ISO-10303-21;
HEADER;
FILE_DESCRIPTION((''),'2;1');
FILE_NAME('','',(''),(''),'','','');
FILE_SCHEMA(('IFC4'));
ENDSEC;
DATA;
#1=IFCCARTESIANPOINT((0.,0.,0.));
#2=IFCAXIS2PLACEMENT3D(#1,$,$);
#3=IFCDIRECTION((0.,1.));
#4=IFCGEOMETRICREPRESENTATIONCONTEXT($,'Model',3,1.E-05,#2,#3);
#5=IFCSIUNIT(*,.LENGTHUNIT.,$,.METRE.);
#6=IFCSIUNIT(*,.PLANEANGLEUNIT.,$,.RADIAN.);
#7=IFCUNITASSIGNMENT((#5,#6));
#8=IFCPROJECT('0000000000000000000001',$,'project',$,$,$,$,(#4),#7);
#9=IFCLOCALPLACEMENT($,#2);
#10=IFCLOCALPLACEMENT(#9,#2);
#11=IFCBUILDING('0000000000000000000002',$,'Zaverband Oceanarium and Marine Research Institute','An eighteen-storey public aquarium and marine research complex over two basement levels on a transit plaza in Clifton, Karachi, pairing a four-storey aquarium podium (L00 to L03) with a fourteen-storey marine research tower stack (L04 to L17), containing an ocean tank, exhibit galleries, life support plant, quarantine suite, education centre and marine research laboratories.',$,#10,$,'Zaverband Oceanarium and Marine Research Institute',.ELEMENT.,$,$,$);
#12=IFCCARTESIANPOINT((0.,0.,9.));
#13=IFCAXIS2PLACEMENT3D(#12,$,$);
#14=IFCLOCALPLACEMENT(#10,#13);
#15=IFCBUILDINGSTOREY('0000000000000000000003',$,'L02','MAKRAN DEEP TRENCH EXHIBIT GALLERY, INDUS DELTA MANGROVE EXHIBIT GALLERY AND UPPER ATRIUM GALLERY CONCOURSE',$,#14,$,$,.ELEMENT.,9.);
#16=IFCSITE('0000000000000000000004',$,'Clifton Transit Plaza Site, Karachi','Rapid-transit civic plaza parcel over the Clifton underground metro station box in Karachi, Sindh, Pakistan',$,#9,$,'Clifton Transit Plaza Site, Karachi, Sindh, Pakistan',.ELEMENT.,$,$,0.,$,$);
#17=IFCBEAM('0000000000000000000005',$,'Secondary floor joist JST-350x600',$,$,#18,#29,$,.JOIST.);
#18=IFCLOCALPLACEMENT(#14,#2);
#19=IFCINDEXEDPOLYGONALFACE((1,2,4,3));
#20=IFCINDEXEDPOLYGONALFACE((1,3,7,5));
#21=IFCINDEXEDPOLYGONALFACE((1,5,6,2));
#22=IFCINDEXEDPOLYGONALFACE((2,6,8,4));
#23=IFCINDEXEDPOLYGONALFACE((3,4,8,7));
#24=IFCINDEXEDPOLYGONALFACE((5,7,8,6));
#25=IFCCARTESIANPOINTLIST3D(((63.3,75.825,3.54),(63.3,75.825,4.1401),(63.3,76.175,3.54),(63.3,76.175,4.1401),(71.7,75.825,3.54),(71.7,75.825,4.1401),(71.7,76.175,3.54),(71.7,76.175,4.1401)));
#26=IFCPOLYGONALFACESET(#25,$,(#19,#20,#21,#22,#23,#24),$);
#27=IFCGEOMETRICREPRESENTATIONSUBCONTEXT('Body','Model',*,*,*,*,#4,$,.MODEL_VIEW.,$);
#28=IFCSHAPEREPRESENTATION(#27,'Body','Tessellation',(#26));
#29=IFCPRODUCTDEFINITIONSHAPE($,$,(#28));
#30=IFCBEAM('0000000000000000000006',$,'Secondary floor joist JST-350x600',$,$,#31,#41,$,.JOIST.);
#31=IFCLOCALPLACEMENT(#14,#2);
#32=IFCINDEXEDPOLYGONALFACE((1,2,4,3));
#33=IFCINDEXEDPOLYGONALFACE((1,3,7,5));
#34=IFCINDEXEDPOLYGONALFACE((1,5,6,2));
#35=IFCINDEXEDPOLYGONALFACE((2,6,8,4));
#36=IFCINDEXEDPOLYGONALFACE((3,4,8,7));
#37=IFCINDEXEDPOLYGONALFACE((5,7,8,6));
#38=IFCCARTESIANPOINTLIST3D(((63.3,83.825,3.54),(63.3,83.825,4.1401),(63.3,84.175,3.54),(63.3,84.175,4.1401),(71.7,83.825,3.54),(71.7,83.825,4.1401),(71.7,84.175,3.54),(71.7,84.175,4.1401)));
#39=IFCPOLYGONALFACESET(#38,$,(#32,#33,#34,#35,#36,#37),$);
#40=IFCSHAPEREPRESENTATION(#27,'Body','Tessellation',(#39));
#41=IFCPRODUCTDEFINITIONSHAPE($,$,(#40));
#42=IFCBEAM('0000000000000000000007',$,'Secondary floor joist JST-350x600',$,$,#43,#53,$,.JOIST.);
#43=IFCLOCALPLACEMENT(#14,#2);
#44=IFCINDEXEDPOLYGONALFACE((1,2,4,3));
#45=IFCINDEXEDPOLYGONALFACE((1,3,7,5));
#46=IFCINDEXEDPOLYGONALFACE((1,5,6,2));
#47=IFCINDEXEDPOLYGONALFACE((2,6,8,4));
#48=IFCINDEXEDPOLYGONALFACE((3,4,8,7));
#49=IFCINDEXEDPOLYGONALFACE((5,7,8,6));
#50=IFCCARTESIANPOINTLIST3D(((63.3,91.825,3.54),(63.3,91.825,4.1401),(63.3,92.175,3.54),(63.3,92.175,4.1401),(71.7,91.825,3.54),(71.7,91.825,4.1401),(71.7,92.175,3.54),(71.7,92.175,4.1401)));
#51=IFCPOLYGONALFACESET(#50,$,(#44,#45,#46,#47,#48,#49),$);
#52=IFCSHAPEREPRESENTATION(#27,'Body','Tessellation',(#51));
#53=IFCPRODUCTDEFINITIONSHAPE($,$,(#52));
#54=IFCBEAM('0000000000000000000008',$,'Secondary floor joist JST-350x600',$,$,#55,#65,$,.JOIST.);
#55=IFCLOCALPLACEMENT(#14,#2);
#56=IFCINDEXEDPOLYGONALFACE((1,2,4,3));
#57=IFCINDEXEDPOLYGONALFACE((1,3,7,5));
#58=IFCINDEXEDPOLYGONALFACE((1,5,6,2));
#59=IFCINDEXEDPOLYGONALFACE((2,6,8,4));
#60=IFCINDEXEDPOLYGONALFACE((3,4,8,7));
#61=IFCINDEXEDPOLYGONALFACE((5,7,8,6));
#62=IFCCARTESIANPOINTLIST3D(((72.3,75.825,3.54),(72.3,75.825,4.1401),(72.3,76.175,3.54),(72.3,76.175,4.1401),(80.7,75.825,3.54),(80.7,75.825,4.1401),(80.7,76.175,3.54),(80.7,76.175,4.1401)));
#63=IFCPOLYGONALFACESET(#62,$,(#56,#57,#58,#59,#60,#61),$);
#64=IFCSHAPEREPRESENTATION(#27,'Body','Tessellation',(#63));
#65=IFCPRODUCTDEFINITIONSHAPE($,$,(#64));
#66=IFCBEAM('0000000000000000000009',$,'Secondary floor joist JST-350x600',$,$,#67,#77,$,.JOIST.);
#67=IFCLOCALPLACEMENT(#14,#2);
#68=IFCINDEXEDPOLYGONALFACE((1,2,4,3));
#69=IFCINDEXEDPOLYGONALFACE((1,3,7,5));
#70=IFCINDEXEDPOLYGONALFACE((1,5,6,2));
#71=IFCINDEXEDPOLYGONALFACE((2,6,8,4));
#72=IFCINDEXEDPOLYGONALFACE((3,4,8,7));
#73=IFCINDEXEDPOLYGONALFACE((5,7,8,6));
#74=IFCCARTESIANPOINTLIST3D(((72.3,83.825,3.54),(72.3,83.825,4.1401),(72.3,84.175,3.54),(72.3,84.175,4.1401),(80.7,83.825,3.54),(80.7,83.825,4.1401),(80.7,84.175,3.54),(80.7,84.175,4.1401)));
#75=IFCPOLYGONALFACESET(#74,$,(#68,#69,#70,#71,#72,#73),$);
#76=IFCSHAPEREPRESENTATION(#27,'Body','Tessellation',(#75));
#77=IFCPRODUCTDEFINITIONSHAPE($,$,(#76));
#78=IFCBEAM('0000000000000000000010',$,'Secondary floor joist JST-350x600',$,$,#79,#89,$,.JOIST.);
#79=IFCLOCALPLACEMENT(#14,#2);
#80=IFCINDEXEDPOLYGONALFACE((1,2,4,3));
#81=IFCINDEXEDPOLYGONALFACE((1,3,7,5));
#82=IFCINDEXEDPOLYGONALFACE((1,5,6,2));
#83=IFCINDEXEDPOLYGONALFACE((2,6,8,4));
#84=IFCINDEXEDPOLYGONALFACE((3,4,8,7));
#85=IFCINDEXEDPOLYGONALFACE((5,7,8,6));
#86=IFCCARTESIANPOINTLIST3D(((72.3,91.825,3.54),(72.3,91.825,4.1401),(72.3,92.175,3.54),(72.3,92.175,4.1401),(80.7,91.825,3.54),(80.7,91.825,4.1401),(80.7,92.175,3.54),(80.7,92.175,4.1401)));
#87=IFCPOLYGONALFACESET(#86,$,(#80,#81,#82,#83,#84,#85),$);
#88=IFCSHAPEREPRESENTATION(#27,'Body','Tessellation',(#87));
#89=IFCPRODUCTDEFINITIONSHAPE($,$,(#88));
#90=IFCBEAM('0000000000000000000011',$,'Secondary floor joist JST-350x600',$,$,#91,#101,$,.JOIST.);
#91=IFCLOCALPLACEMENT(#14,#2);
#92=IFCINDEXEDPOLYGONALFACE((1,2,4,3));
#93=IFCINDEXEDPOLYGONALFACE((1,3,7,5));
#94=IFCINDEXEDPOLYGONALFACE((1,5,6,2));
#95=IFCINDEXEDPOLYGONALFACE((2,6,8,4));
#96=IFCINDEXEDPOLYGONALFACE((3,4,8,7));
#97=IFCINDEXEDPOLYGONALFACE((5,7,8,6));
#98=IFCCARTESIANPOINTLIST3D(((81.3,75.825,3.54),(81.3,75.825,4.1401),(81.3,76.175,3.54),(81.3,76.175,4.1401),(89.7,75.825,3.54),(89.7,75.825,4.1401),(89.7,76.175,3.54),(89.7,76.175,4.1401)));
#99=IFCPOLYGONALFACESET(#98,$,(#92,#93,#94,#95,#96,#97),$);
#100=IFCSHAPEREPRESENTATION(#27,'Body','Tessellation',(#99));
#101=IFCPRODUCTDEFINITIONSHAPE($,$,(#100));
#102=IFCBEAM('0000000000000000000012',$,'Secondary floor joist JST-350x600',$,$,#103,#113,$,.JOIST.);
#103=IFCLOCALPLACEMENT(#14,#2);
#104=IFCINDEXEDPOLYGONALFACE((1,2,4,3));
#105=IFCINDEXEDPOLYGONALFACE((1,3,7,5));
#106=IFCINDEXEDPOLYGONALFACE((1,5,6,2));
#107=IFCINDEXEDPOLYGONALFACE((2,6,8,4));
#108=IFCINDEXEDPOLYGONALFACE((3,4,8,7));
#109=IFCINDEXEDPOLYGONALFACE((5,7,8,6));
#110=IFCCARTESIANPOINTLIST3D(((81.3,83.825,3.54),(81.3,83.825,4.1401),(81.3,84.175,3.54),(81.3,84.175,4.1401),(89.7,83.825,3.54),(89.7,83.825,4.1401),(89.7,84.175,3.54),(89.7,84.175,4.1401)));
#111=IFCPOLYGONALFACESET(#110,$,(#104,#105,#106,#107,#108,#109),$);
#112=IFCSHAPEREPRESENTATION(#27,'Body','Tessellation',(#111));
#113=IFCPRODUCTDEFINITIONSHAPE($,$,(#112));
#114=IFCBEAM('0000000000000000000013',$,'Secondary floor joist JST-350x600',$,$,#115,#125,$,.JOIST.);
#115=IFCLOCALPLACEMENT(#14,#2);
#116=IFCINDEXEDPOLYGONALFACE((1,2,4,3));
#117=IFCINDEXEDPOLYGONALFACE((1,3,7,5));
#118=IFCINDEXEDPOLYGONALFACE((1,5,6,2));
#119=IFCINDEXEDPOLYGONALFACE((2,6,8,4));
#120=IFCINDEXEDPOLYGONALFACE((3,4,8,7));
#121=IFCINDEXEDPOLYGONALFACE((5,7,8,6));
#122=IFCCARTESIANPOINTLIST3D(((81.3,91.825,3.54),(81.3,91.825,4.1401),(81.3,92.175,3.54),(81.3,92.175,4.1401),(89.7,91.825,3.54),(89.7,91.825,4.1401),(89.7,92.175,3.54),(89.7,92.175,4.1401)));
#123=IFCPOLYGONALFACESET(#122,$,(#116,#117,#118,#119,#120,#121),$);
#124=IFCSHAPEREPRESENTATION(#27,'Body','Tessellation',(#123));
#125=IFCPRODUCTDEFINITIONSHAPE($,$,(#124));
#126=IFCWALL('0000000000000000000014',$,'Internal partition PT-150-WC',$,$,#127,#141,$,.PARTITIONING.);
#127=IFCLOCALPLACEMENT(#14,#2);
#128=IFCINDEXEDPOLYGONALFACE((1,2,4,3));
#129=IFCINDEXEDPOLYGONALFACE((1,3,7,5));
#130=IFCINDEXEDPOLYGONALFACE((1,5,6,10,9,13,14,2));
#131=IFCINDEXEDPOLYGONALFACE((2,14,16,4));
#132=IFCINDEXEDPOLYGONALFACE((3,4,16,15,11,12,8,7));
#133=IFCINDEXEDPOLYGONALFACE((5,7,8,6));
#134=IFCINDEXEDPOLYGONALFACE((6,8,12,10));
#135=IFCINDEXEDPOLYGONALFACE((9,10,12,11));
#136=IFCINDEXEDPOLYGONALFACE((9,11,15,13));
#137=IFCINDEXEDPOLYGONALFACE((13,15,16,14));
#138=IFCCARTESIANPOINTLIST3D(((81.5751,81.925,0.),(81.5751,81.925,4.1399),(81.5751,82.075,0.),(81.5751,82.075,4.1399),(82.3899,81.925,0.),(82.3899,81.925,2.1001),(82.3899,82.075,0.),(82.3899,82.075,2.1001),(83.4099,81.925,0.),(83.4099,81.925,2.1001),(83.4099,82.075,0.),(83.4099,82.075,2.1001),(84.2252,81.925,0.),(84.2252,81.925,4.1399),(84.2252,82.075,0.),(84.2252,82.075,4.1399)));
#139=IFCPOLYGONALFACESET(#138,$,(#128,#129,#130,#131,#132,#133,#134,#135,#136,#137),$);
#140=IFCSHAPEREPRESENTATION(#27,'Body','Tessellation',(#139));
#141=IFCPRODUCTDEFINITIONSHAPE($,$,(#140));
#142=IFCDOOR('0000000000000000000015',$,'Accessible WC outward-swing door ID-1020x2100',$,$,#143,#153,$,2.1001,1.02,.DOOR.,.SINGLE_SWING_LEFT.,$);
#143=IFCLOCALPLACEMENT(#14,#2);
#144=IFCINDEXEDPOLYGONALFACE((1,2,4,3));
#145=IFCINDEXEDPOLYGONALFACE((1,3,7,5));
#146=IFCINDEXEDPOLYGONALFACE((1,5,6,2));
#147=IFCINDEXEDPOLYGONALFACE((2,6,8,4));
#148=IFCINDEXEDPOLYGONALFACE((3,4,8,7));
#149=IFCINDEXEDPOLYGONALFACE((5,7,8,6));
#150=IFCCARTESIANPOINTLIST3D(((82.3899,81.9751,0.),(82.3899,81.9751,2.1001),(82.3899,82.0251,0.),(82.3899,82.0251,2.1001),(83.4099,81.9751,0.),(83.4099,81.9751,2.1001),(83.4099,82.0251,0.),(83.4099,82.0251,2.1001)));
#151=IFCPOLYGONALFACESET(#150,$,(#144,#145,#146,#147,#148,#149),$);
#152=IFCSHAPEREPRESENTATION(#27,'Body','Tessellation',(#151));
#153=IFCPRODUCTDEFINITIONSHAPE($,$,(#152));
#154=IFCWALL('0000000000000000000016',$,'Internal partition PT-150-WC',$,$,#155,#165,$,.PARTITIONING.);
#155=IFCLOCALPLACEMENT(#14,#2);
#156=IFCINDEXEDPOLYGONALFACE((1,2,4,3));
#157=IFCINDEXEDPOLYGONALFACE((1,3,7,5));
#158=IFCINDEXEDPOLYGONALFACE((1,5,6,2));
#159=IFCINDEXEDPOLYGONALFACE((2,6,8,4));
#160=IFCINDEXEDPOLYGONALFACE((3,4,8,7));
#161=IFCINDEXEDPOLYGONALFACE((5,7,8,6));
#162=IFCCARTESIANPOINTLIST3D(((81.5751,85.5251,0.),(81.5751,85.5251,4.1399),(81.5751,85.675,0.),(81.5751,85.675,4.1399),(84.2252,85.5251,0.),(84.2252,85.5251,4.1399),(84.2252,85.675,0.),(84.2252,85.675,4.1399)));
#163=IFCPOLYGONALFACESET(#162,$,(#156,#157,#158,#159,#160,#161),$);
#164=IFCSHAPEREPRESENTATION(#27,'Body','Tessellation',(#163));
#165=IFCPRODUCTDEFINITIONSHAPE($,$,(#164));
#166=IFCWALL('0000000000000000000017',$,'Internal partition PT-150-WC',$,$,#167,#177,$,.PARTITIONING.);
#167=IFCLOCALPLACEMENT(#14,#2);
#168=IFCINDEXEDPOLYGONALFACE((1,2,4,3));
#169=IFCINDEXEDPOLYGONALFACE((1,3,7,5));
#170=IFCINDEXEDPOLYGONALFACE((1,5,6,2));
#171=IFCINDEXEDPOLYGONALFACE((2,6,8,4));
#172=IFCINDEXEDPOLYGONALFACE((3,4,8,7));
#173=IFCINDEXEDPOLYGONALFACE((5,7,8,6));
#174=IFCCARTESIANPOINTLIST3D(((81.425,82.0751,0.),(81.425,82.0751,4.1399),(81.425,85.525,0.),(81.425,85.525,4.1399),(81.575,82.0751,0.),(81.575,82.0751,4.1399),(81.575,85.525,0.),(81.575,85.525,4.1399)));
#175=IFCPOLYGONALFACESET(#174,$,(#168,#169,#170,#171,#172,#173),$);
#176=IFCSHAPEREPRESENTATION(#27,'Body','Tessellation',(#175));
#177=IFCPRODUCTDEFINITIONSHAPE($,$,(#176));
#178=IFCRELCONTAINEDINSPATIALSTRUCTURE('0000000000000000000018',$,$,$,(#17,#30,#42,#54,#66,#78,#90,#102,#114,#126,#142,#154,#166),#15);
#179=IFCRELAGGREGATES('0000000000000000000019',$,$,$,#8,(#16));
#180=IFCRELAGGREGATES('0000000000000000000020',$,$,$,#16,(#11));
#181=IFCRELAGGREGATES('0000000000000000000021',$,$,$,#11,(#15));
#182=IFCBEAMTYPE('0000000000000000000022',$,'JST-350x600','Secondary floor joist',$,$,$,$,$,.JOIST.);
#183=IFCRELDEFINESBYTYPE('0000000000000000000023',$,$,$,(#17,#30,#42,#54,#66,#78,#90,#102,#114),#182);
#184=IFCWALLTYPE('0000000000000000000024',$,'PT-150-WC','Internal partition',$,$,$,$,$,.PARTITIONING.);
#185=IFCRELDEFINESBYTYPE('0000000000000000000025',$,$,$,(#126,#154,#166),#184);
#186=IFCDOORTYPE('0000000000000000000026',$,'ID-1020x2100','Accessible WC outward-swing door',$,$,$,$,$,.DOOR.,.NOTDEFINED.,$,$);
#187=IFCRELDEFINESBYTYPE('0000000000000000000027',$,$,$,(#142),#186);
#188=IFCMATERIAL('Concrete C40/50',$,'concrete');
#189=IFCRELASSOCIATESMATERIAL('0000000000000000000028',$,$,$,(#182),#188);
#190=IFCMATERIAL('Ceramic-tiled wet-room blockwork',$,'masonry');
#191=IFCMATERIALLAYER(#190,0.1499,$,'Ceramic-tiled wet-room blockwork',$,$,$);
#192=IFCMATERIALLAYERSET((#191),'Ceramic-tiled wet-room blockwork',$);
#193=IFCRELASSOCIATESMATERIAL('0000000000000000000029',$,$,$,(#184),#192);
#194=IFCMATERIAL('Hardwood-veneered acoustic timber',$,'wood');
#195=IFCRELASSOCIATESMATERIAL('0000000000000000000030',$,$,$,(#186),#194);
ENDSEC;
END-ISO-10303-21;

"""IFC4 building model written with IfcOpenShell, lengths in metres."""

from ifc_helpers import new_model, si_unit, direction, frame, frame_2d, origin, origin_2d, place, context, subcontext, project, spatial, rectangle, extrude, material, layer, layer_set, material_profile, profile_set, type_object, element, fill, save


model = new_model("IFC4")

# Units and contexts
model_context = context("Model", 3, precision=1e-05, world=origin(), true_north=direction((0.0, 1.0)))
body_context = subcontext(model_context, "Body", "Model", "MODEL_VIEW")
ifc_project = project(units=[si_unit("LENGTHUNIT", "METRE"), si_unit("PLANEANGLEUNIT", "RADIAN")], contexts=[model_context])

# Site, building, storey
site_placement = place(None, origin())
site = spatial("IfcSite", under=ifc_project, at=site_placement, Name="Clifton Transit Plaza Site, Karachi", Description="Rapid-transit civic plaza parcel over the Clifton underground metro station box in Karachi, Sindh, Pakistan", LongName="Clifton Transit Plaza Site, Karachi, Sindh, Pakistan", CompositionType="ELEMENT", RefElevation=0.0)
building_placement = place(site_placement, origin())
building = spatial("IfcBuilding", under=site, at=building_placement, Name="Zaverband Oceanarium and Marine Research Institute", Description="An eighteen-storey public aquarium and marine research complex over two basement levels on a transit plaza in Clifton, Karachi, pairing a four-storey aquarium podium (L00 to L03) with a fourteen-storey marine research tower stack (L04 to L17), containing an ocean tank, exhibit galleries, life support plant, quarantine suite, education centre and marine research laboratories.", LongName="Zaverband Oceanarium and Marine Research Institute", CompositionType="ELEMENT")
storey_placement = place(building_placement, frame((0.0, 0.0, 9.0)))
storey = spatial("IfcBuildingStorey", under=building, at=storey_placement, Name="L02", Description="MAKRAN DEEP TRENCH EXHIBIT GALLERY, INDUS DELTA MANGROVE EXHIBIT GALLERY AND UPPER ATRIUM GALLERY CONCOURSE", CompositionType="ELEMENT", Elevation=9.0)

# Beams
ifc_material_1 = material(Name="Concrete C40/50", Category="concrete")
ifc_material_profile_1 = material_profile(ifc_material_1, rectangle(XDim=0.3501, YDim=0.6001, at=origin_2d()), Name="RC350x600")
ifc_profile_set_1 = profile_set([ifc_material_profile_1], Name="Concrete C40/50")
beam_type_1 = type_object("IfcBeamType", Name="JST-350x600", Description="Secondary floor joist", PredefinedType="JOIST", material=ifc_profile_set_1)
for number, where, z_axis, x_axis, name in (
    (1, (63.3, 76.0, 3.8401), (1.0, 0.0, 0.0), (0.0, 1.0, 0.0), "Secondary floor joist JST-350x600"),
    (2, (63.3, 84.0, 3.8401), (1.0, 0.0, 0.0), (0.0, 1.0, 0.0), "Secondary floor joist JST-350x600"),
    (3, (63.3, 92.0, 3.8401), (1.0, 0.0, 0.0), (0.0, 1.0, 0.0), "Secondary floor joist JST-350x600"),
    (4, (72.3, 76.0, 3.8401), (1.0, 0.0, 0.0), (0.0, 1.0, 0.0), "Secondary floor joist JST-350x600"),
    (5, (72.3, 84.0, 3.8401), (1.0, 0.0, 0.0), (0.0, 1.0, 0.0), "Secondary floor joist JST-350x600"),
    (6, (72.3, 92.0, 3.8401), (1.0, 0.0, 0.0), (0.0, 1.0, 0.0), "Secondary floor joist JST-350x600"),
    (7, (81.3, 76.0, 3.8401), (1.0, 0.0, 0.0), (0.0, 1.0, 0.0), "Secondary floor joist JST-350x600"),
    (8, (81.3, 84.0, 3.8401), (1.0, 0.0, 0.0), (0.0, 1.0, 0.0), "Secondary floor joist JST-350x600"),
    (9, (81.3, 92.0, 3.8401), (1.0, 0.0, 0.0), (0.0, 1.0, 0.0), "Secondary floor joist JST-350x600"),
):
    element("IfcBeam", number, at=place(storey_placement, frame(where, z_axis=z_axis, x_axis=x_axis)), inside=storey, type_object=beam_type_1, Name=name, PredefinedType="JOIST", context=body_context, shape_type="SweptSolid", body=[
        extrude(rectangle(XDim=0.3501, YDim=0.6001, at=origin_2d()), origin(), (0.0, 0.0, 1.0), 8.3999),
    ])

# Wall, opening, door
ifc_material_2 = material(Name="Ceramic-tiled wet-room blockwork", Category="masonry")
ifc_layer = layer(ifc_material_2, 0.1499, Name="Ceramic-tiled wet-room blockwork")
ifc_layer_set = layer_set([ifc_layer], Name="Ceramic-tiled wet-room blockwork")
wall_type = type_object("IfcWallType", Name="PT-150-WC", Description="Internal partition", PredefinedType="PARTITIONING", material=ifc_layer_set)
wall_1_placement = place(storey_placement, frame((81.575, 82.0, 0.0), z_axis=(0.0, 0.0, 1.0), x_axis=(1.0, 0.0, 0.0)))
wall_1 = element("IfcWall", 10, at=wall_1_placement, inside=storey, type_object=wall_type, Name="Internal partition PT-150-WC", PredefinedType="PARTITIONING", context=body_context, shape_type="SweptSolid", body=[
    extrude(rectangle(XDim=2.6501, YDim=0.1499, at=frame_2d((1.3252, 0.0))), origin(), (0.0, 0.0, 1.0), 4.1399),
])
opening_placement = place(wall_1_placement, frame((0.8149, 0.0, 0.0)))
opening = element("IfcOpeningElement", 11, at=opening_placement, cuts=wall_1, PredefinedType="OPENING", context=body_context, shape_type="SweptSolid", body=[
    extrude(rectangle(XDim=1.02, YDim=2.1001, at=frame_2d((0.51, 1.05))), frame((0.0, 0.0869, 0.0), z_axis=(0.0, -1.0, 0.0), x_axis=(1.0, 0.0, 0.0)), (0.0, 0.0, 1.0), 0.1738),
])
ifc_material_3 = material(Name="Hardwood-veneered acoustic timber", Category="wood")
door_type = type_object("IfcDoorType", Name="ID-1020x2100", Description="Accessible WC outward-swing door", OperationType="NOTDEFINED", PredefinedType="DOOR", material=ifc_material_3)
door_placement = place(opening_placement, frame((1.02, 0.0, 0.0), z_axis=(0.0, 0.0, 1.0), x_axis=(-1.0, 0.0, 0.0)))
door = element("IfcDoor", 12, at=door_placement, inside=storey, type_object=door_type, Name="Accessible WC outward-swing door ID-1020x2100", OperationType="SINGLE_SWING_LEFT", OverallHeight=2.1001, OverallWidth=1.02, PredefinedType="DOOR", context=body_context, shape_type="SweptSolid", body=[
    extrude(rectangle(XDim=1.02, YDim=2.1001, at=frame_2d((0.51, 1.05))), frame((0.0, 0.0249, 0.0), z_axis=(0.0, -1.0, 0.0), x_axis=(1.0, 0.0, 0.0)), (0.0, 0.0, 1.0), 0.05),
])
fill(opening, door)

# Walls
wall_2_placement = place(storey_placement, frame((81.575, 85.6001, 0.0), z_axis=(0.0, 0.0, 1.0), x_axis=(1.0, 0.0, 0.0)))
element("IfcWall", 13, at=wall_2_placement, inside=storey, type_object=wall_type, Name="Internal partition PT-150-WC", PredefinedType="PARTITIONING", context=body_context, shape_type="SweptSolid", body=[
    extrude(rectangle(XDim=2.6501, YDim=0.1499, at=frame_2d((1.3252, 0.0))), origin(), (0.0, 0.0, 1.0), 4.1399),
])
wall_3_placement = place(storey_placement, frame((81.5, 82.075, 0.0), z_axis=(0.0, 0.0, 1.0), x_axis=(0.0, 1.0, 0.0)))
element("IfcWall", 14, at=wall_3_placement, inside=storey, type_object=wall_type, Name="Internal partition PT-150-WC", PredefinedType="PARTITIONING", context=body_context, shape_type="SweptSolid", body=[
    extrude(rectangle(XDim=3.45, YDim=0.1499, at=frame_2d((1.7251, 0.0))), origin(), (0.0, 0.0, 1.0), 4.1399),
])

save(model, "model.ifc")
